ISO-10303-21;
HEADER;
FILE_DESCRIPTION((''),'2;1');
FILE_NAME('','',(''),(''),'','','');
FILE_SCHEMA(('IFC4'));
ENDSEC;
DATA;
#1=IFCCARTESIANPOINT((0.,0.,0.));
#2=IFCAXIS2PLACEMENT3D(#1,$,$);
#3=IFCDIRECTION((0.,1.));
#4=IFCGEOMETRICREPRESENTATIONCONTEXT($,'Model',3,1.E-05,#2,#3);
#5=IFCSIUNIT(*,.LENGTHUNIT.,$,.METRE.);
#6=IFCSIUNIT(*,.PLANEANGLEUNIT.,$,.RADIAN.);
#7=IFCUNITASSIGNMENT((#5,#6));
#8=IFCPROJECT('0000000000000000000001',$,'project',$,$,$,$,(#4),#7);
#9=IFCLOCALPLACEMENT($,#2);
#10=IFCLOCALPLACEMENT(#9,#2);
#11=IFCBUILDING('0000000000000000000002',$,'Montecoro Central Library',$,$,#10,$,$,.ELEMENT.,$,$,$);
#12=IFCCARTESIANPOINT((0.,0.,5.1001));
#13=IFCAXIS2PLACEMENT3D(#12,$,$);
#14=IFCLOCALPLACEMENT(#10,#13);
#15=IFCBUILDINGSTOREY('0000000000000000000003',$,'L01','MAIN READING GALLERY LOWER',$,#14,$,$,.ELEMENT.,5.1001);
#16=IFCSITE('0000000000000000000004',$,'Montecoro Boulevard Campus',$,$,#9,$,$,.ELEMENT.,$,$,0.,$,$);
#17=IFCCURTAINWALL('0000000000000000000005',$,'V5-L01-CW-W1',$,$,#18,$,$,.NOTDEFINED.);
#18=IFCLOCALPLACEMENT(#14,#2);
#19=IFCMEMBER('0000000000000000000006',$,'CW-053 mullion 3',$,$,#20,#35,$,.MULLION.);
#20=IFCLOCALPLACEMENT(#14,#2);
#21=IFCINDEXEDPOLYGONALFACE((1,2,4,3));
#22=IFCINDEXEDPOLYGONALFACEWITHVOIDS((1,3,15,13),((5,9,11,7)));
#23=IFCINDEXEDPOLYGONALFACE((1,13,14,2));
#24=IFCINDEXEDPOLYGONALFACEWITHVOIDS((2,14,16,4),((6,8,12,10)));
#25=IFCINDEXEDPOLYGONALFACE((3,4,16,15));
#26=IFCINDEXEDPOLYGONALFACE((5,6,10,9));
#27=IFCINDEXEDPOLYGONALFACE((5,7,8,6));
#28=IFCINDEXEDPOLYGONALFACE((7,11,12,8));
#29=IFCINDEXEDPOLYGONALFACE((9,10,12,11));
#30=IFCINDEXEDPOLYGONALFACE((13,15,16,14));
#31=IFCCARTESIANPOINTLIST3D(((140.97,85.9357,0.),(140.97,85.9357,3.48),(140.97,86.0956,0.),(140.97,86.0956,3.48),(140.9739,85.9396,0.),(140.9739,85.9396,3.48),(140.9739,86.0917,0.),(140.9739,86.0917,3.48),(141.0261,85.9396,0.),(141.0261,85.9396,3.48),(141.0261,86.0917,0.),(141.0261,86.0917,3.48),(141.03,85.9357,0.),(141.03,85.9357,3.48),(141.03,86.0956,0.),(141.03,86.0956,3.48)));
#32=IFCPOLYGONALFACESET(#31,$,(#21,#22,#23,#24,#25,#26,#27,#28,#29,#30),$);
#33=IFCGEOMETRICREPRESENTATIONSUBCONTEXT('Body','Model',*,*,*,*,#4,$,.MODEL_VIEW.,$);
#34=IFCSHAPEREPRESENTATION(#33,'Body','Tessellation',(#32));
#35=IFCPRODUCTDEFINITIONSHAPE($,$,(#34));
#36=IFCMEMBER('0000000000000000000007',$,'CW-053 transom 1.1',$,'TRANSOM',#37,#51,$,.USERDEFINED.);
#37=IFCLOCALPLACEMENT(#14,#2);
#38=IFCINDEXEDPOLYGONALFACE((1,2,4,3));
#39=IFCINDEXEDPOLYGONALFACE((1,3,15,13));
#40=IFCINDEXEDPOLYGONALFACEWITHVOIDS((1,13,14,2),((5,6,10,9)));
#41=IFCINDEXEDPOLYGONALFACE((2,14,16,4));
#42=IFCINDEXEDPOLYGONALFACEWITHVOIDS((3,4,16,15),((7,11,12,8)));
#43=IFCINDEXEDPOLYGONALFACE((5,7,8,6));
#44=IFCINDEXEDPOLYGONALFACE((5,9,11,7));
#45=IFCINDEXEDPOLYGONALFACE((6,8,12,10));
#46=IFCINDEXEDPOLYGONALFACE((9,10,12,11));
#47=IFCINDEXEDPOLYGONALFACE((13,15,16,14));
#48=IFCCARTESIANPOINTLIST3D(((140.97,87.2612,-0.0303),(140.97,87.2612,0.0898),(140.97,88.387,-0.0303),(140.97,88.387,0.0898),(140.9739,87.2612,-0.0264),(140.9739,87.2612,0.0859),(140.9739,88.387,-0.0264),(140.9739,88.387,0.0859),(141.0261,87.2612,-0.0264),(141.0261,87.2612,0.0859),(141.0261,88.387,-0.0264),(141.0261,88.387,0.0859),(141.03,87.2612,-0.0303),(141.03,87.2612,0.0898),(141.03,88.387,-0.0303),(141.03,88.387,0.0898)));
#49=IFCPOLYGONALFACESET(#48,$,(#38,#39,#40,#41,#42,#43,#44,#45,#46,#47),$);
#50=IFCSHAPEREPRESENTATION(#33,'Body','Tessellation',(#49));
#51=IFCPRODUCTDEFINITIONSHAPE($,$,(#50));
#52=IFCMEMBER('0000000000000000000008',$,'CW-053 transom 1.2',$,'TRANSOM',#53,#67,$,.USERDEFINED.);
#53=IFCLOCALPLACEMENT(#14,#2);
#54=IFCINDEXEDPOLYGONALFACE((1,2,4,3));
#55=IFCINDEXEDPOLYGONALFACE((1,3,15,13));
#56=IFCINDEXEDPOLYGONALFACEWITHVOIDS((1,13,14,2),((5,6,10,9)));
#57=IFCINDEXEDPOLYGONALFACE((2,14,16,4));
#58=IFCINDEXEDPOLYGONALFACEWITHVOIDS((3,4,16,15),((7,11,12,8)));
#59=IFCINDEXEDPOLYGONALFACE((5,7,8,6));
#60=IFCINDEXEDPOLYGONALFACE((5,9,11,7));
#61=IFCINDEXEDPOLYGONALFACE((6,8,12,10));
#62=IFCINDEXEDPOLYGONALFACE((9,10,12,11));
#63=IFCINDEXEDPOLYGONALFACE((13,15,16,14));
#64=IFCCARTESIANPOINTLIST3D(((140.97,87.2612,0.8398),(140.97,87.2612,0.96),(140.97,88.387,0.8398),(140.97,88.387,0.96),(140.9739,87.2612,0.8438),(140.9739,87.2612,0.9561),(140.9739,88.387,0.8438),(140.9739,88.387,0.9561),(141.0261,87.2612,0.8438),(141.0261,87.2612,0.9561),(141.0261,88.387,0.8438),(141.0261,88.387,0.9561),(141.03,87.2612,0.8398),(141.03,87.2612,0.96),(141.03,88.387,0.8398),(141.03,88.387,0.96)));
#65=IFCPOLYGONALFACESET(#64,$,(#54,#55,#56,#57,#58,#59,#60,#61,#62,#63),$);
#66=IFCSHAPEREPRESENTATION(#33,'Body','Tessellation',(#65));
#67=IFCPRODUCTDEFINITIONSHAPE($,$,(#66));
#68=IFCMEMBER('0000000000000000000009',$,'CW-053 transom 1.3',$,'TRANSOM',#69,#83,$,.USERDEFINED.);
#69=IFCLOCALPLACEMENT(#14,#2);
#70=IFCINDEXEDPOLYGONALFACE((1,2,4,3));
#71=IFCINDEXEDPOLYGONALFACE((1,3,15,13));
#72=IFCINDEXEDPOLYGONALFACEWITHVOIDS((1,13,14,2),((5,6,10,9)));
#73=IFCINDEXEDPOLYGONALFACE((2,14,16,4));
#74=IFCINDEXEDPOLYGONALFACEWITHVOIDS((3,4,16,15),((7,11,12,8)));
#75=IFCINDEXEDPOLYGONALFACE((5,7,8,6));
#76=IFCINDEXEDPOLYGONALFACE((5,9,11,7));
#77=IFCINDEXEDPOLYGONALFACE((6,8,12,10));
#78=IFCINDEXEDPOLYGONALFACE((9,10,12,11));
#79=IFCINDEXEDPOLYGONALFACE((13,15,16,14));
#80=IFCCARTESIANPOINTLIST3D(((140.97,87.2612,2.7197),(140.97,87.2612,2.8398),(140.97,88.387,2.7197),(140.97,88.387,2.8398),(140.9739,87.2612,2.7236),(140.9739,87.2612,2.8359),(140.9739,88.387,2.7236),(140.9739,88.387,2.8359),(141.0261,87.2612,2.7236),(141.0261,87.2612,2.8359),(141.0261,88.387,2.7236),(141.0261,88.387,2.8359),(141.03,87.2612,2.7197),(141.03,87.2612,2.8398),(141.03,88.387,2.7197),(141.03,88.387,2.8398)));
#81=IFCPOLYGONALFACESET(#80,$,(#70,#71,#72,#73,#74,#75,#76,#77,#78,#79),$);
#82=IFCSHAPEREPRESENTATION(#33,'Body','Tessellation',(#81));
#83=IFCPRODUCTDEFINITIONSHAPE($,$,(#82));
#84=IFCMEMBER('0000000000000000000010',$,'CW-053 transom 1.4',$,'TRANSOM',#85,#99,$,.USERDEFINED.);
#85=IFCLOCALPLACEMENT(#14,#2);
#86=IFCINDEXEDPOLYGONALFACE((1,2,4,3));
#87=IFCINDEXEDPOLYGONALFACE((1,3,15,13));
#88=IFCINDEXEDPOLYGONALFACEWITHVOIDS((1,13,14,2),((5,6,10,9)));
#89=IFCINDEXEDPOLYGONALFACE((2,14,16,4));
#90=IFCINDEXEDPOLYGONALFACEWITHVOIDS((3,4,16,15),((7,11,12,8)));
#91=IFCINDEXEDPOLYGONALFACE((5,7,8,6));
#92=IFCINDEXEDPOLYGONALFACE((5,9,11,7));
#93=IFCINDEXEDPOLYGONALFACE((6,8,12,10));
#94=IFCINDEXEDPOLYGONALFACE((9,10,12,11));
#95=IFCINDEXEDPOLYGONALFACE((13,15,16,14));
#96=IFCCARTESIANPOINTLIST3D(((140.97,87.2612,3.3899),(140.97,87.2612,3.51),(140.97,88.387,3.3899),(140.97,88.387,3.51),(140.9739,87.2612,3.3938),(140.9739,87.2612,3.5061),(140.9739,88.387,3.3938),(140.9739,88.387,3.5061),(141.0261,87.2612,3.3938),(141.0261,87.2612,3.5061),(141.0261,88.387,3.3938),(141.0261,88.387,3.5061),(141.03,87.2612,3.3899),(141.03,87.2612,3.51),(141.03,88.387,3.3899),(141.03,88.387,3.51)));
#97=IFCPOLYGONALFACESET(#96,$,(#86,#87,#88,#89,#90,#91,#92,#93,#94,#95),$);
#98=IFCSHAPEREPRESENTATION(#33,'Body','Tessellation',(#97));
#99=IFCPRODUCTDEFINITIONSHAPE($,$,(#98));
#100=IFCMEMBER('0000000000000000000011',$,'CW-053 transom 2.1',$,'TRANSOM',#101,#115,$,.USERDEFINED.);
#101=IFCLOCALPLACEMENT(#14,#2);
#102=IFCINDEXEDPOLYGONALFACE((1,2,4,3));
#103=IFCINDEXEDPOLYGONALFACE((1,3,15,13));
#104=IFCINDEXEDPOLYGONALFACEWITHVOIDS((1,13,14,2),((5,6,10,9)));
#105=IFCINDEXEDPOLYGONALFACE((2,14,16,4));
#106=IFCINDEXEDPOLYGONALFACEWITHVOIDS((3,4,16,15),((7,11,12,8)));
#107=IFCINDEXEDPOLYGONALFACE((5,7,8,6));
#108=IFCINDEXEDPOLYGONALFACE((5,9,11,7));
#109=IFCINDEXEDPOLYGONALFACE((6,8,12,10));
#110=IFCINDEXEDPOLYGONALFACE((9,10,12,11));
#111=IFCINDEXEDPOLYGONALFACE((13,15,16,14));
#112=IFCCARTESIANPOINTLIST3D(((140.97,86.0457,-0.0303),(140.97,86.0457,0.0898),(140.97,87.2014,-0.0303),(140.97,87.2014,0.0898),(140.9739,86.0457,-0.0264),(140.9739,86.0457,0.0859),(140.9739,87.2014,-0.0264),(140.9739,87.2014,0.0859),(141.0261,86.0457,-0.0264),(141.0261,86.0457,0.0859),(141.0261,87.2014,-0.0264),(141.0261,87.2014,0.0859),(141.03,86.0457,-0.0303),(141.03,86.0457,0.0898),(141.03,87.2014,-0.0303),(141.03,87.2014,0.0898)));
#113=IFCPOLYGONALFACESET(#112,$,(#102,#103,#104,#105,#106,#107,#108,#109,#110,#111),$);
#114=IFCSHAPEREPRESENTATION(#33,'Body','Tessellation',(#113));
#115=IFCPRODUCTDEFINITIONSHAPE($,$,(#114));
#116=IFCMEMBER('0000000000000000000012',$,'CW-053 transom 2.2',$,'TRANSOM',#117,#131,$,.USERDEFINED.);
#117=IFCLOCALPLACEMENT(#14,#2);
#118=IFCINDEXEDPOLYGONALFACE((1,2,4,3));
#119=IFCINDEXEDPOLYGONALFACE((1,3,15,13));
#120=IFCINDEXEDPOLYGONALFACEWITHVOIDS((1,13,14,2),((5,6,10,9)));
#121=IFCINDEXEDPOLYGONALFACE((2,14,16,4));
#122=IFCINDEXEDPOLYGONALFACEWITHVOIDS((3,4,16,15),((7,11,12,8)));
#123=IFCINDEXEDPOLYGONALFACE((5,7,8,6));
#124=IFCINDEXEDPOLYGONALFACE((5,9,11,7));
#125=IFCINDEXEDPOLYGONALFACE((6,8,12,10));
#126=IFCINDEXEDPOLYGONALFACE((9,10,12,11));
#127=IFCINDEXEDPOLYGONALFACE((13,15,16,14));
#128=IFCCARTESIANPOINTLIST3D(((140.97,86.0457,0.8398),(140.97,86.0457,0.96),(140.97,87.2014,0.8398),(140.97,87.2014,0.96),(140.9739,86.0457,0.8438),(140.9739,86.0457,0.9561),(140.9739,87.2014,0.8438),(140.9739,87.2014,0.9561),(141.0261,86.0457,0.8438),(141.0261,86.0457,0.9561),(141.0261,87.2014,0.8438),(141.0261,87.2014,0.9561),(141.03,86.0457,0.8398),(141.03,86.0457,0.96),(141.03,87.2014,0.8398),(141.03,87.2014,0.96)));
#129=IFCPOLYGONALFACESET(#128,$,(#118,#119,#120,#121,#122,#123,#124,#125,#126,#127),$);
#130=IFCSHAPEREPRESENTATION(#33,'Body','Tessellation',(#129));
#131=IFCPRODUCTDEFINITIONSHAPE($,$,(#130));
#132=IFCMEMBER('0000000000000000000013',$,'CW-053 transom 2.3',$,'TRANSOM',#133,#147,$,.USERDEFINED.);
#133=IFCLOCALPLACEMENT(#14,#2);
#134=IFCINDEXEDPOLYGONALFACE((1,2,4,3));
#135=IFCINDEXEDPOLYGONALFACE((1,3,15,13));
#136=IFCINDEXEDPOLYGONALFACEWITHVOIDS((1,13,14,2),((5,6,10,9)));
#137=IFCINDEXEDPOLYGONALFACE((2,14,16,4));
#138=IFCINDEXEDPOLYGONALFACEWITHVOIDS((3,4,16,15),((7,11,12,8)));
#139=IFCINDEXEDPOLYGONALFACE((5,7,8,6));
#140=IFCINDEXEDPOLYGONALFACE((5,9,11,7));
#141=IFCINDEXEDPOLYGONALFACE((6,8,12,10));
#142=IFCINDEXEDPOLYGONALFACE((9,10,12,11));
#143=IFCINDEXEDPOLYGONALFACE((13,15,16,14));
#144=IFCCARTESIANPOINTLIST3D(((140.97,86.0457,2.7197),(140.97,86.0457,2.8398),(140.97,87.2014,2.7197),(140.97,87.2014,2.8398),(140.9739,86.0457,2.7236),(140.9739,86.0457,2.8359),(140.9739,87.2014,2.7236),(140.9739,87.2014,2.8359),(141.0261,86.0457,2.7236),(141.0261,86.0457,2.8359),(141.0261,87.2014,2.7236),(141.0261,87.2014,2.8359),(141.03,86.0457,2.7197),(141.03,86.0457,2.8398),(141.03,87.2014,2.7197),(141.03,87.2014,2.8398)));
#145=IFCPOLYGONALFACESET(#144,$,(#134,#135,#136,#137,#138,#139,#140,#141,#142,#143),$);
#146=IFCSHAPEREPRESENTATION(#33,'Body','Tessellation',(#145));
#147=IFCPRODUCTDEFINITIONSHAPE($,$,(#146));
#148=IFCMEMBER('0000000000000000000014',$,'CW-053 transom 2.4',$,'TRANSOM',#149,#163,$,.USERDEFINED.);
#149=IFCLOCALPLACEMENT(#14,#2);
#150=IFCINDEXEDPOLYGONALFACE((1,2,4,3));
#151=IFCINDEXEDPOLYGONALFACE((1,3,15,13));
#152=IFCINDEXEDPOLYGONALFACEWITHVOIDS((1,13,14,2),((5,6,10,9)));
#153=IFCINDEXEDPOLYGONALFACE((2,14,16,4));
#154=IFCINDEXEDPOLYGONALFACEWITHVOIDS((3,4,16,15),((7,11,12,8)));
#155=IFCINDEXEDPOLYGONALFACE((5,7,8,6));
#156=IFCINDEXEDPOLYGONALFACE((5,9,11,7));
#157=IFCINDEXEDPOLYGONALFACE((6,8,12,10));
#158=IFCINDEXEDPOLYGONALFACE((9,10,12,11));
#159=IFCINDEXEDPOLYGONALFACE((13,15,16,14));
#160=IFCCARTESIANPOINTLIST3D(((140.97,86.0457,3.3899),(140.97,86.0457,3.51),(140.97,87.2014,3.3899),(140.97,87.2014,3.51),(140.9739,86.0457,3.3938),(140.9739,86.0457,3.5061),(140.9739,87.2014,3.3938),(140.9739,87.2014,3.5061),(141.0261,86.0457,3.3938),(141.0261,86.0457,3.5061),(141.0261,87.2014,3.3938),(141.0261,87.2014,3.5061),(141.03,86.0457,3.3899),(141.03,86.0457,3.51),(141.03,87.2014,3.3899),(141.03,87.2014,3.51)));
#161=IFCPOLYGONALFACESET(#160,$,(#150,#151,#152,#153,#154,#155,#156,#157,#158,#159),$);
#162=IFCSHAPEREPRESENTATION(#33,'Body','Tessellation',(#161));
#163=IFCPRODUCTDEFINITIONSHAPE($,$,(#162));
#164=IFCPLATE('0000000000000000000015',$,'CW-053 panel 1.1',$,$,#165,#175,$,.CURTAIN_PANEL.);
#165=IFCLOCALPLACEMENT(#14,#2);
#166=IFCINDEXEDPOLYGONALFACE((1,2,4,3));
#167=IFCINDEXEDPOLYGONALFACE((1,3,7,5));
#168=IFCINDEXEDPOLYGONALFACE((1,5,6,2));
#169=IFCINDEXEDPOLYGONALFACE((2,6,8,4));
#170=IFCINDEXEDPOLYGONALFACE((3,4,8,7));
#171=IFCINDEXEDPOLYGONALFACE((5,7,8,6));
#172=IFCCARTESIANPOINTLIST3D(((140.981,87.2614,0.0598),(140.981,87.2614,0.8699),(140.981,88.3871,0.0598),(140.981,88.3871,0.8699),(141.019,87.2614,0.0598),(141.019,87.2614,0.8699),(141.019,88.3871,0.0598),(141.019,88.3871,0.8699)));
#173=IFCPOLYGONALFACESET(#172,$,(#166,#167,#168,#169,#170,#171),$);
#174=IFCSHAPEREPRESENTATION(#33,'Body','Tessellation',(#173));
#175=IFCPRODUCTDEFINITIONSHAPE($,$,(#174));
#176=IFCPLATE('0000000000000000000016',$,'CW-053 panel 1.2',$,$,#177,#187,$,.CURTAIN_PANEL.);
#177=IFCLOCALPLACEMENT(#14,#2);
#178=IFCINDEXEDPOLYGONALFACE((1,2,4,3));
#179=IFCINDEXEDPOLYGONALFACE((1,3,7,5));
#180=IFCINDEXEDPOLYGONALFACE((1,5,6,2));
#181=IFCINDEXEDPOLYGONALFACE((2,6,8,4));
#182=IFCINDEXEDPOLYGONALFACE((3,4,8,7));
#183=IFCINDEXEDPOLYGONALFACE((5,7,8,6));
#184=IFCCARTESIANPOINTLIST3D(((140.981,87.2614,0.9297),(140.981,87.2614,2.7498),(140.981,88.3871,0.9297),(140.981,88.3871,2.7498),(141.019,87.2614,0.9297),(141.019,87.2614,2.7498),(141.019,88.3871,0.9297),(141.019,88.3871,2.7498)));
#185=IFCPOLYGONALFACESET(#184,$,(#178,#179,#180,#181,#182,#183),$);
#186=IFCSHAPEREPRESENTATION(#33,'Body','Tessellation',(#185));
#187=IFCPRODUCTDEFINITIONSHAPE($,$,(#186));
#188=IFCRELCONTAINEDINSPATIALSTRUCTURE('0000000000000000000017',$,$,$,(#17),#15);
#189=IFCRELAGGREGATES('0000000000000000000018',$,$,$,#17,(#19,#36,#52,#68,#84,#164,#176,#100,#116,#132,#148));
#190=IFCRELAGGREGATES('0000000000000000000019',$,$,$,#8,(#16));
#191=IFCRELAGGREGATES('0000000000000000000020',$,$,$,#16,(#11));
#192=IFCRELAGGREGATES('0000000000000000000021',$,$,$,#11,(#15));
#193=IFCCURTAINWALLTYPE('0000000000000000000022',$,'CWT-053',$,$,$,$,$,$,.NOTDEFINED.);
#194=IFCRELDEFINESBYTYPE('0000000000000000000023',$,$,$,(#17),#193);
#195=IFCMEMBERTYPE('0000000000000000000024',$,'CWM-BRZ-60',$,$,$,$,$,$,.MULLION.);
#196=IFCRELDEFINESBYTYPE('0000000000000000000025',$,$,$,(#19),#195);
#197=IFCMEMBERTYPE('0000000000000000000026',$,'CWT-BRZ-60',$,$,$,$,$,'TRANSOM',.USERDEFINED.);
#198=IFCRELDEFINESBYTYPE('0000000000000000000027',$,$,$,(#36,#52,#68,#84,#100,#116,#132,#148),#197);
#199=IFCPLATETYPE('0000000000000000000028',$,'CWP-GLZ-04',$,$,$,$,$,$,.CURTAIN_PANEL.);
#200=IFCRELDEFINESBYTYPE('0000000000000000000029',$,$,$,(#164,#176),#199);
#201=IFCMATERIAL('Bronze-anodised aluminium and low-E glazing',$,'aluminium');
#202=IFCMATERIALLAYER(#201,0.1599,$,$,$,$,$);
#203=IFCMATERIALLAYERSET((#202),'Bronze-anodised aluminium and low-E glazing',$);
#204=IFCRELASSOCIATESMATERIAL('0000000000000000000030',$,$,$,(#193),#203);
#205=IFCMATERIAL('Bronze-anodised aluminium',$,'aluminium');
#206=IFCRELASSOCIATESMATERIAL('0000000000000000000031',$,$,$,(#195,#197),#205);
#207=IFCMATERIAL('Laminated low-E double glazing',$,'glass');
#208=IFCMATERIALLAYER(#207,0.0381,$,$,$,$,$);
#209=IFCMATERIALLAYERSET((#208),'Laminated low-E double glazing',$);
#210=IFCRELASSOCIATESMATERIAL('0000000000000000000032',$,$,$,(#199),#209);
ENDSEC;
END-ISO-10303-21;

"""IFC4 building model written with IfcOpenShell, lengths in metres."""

from ifc_helpers import new_model, si_unit, direction, frame, origin, origin_2d, place, context, subcontext, project, spatial, rectangle, hollow_rectangle, extrude, material, layer, layer_set, material_profile, profile_set, type_object, element, aggregate, save


model = new_model("IFC4")

# Units and contexts
model_context = context("Model", 3, precision=1e-05, world=origin(), true_north=direction((0.0, 1.0)))
body_context = subcontext(model_context, "Body", "Model", "MODEL_VIEW")
ifc_project = project(units=[si_unit("LENGTHUNIT", "METRE"), si_unit("PLANEANGLEUNIT", "RADIAN")], contexts=[model_context])

# Site, building, storey
site_placement = place(None, origin())
site = spatial("IfcSite", under=ifc_project, at=site_placement, Name="Montecoro Boulevard Campus", CompositionType="ELEMENT", RefElevation=0.0)
building_placement = place(site_placement, origin())
building = spatial("IfcBuilding", under=site, at=building_placement, Name="Montecoro Central Library", CompositionType="ELEMENT")
storey_placement = place(building_placement, frame((0.0, 0.0, 5.1001)))
storey = spatial("IfcBuildingStorey", under=building, at=storey_placement, Name="L01", Description="MAIN READING GALLERY LOWER", CompositionType="ELEMENT", Elevation=5.1001)

# Curtain wall, members, plates
ifc_material_1 = material(Name="Bronze-anodised aluminium and low-E glazing", Category="aluminium")
ifc_layer_1 = layer(ifc_material_1, 0.1599)
ifc_layer_set_1 = layer_set([ifc_layer_1], Name="Bronze-anodised aluminium and low-E glazing")
curtain_wall_type = type_object("IfcCurtainWallType", Name="CWT-053", PredefinedType="NOTDEFINED", material=ifc_layer_set_1)
curtain_wall_placement = place(storey_placement, origin())
curtain_wall = element("IfcCurtainWall", 1, at=curtain_wall_placement, inside=storey, type_object=curtain_wall_type, Name="V5-L01-CW-W1", PredefinedType="NOTDEFINED")
ifc_material_2 = material(Name="Bronze-anodised aluminium", Category="aluminium")
ifc_material_profile_1 = material_profile(ifc_material_2, hollow_rectangle(XDim=0.0601, YDim=0.1599, WallThickness=0.0039, at=origin_2d()), Name="CWM 160x60x4.0")
ifc_profile_set_1 = profile_set([ifc_material_profile_1], Name="Bronze-anodised aluminium")
member_type_1 = type_object("IfcMemberType", Name="CWM-BRZ-60", PredefinedType="MULLION", material=ifc_profile_set_1)
member_1_placement = place(storey_placement, frame((141.0, 86.0156, 0.0), z_axis=(0.0, 0.0, 1.0), x_axis=(1.0, 0.0, 0.0)))
member_1 = element("IfcMember", 2, at=member_1_placement, type_object=member_type_1, Name="CW-053 mullion 3", PredefinedType="MULLION", context=body_context, shape_type="SweptSolid", body=[
    extrude(hollow_rectangle(XDim=0.0601, YDim=0.1599, WallThickness=0.0039, at=origin_2d()), origin(), (0.0, 0.0, 1.0), 3.48),
])
ifc_material_profile_2 = material_profile(ifc_material_2, hollow_rectangle(XDim=0.0601, YDim=0.1201, WallThickness=0.0039, at=origin_2d()), Name="CWT 120x60x4.0")
ifc_profile_set_2 = profile_set([ifc_material_profile_2], Name="Bronze-anodised aluminium")
member_type_2 = type_object("IfcMemberType", Name="CWT-BRZ-60", ElementType="TRANSOM", PredefinedType="USERDEFINED", material=ifc_profile_set_2)
member_2_placement = place(storey_placement, frame((141.0, 88.387, 0.0298), z_axis=(0.0, -1.0, 0.0), x_axis=(1.0, 0.0, 0.0)))
member_2 = element("IfcMember", 3, at=member_2_placement, type_object=member_type_2, Name="CW-053 transom 1.1", ObjectType="TRANSOM", PredefinedType="USERDEFINED", context=body_context, shape_type="SweptSolid", body=[
    extrude(hollow_rectangle(XDim=0.0601, YDim=0.1201, WallThickness=0.0039, at=origin_2d()), origin(), (0.0, 0.0, 1.0), 1.1257),
])
member_3_placement = place(storey_placement, frame((141.0, 88.387, 0.8999), z_axis=(0.0, -1.0, 0.0), x_axis=(1.0, 0.0, 0.0)))
member_3 = element("IfcMember", 4, at=member_3_placement, type_object=member_type_2, Name="CW-053 transom 1.2", ObjectType="TRANSOM", PredefinedType="USERDEFINED", context=body_context, shape_type="SweptSolid", body=[
    extrude(hollow_rectangle(XDim=0.0601, YDim=0.1201, WallThickness=0.0039, at=origin_2d()), origin(), (0.0, 0.0, 1.0), 1.1257),
])
member_4_placement = place(storey_placement, frame((141.0, 88.387, 2.7798), z_axis=(0.0, -1.0, 0.0), x_axis=(1.0, 0.0, 0.0)))
member_4 = element("IfcMember", 5, at=member_4_placement, type_object=member_type_2, Name="CW-053 transom 1.3", ObjectType="TRANSOM", PredefinedType="USERDEFINED", context=body_context, shape_type="SweptSolid", body=[
    extrude(hollow_rectangle(XDim=0.0601, YDim=0.1201, WallThickness=0.0039, at=origin_2d()), origin(), (0.0, 0.0, 1.0), 1.1257),
])
member_5_placement = place(storey_placement, frame((141.0, 88.387, 3.45), z_axis=(0.0, -1.0, 0.0), x_axis=(1.0, 0.0, 0.0)))
member_5 = element("IfcMember", 6, at=member_5_placement, type_object=member_type_2, Name="CW-053 transom 1.4", ObjectType="TRANSOM", PredefinedType="USERDEFINED", context=body_context, shape_type="SweptSolid", body=[
    extrude(hollow_rectangle(XDim=0.0601, YDim=0.1201, WallThickness=0.0039, at=origin_2d()), origin(), (0.0, 0.0, 1.0), 1.1257),
])
member_6_placement = place(storey_placement, frame((141.0, 87.2014, 0.0298), z_axis=(0.0, -1.0, 0.0), x_axis=(1.0, 0.0, 0.0)))
member_6 = element("IfcMember", 7, at=member_6_placement, type_object=member_type_2, Name="CW-053 transom 2.1", ObjectType="TRANSOM", PredefinedType="USERDEFINED", context=body_context, shape_type="SweptSolid", body=[
    extrude(hollow_rectangle(XDim=0.0601, YDim=0.1201, WallThickness=0.0039, at=origin_2d()), origin(), (0.0, 0.0, 1.0), 1.1558),
])
member_7_placement = place(storey_placement, frame((141.0, 87.2014, 0.8999), z_axis=(0.0, -1.0, 0.0), x_axis=(1.0, 0.0, 0.0)))
member_7 = element("IfcMember", 8, at=member_7_placement, type_object=member_type_2, Name="CW-053 transom 2.2", ObjectType="TRANSOM", PredefinedType="USERDEFINED", context=body_context, shape_type="SweptSolid", body=[
    extrude(hollow_rectangle(XDim=0.0601, YDim=0.1201, WallThickness=0.0039, at=origin_2d()), origin(), (0.0, 0.0, 1.0), 1.1558),
])
member_8_placement = place(storey_placement, frame((141.0, 87.2014, 2.7798), z_axis=(0.0, -1.0, 0.0), x_axis=(1.0, 0.0, 0.0)))
member_8 = element("IfcMember", 9, at=member_8_placement, type_object=member_type_2, Name="CW-053 transom 2.3", ObjectType="TRANSOM", PredefinedType="USERDEFINED", context=body_context, shape_type="SweptSolid", body=[
    extrude(hollow_rectangle(XDim=0.0601, YDim=0.1201, WallThickness=0.0039, at=origin_2d()), origin(), (0.0, 0.0, 1.0), 1.1558),
])
member_9_placement = place(storey_placement, frame((141.0, 87.2014, 3.45), z_axis=(0.0, -1.0, 0.0), x_axis=(1.0, 0.0, 0.0)))
member_9 = element("IfcMember", 10, at=member_9_placement, type_object=member_type_2, Name="CW-053 transom 2.4", ObjectType="TRANSOM", PredefinedType="USERDEFINED", context=body_context, shape_type="SweptSolid", body=[
    extrude(hollow_rectangle(XDim=0.0601, YDim=0.1201, WallThickness=0.0039, at=origin_2d()), origin(), (0.0, 0.0, 1.0), 1.1558),
])
ifc_material_3 = material(Name="Laminated low-E double glazing", Category="glass")
ifc_layer_2 = layer(ifc_material_3, 0.0381)
ifc_layer_set_2 = layer_set([ifc_layer_2], Name="Laminated low-E double glazing")
plate_type = type_object("IfcPlateType", Name="CWP-GLZ-04", PredefinedType="CURTAIN_PANEL", material=ifc_layer_set_2)
plate_1_placement = place(storey_placement, frame((141.0, 87.8242, 0.0598), z_axis=(0.0, 0.0, 1.0), x_axis=(0.0, -1.0, 0.0)))
plate_1 = element("IfcPlate", 11, at=plate_1_placement, type_object=plate_type, Name="CW-053 panel 1.1", PredefinedType="CURTAIN_PANEL", context=body_context, shape_type="SweptSolid", body=[
    extrude(rectangle(XDim=1.1257, YDim=0.0381, at=origin_2d()), origin(), (0.0, 0.0, 1.0), 0.8101),
])
plate_2_placement = place(storey_placement, frame((141.0, 87.8242, 0.9297), z_axis=(0.0, 0.0, 1.0), x_axis=(0.0, -1.0, 0.0)))
plate_2 = element("IfcPlate", 12, at=plate_2_placement, type_object=plate_type, Name="CW-053 panel 1.2", PredefinedType="CURTAIN_PANEL", context=body_context, shape_type="SweptSolid", body=[
    extrude(rectangle(XDim=1.1257, YDim=0.0381, at=origin_2d()), origin(), (0.0, 0.0, 1.0), 1.8201),
])
aggregate(curtain_wall, [member_1, member_2, member_3, member_4, member_5, plate_1, plate_2, member_6, member_7, member_8, member_9])

save(model, "model.ifc")
